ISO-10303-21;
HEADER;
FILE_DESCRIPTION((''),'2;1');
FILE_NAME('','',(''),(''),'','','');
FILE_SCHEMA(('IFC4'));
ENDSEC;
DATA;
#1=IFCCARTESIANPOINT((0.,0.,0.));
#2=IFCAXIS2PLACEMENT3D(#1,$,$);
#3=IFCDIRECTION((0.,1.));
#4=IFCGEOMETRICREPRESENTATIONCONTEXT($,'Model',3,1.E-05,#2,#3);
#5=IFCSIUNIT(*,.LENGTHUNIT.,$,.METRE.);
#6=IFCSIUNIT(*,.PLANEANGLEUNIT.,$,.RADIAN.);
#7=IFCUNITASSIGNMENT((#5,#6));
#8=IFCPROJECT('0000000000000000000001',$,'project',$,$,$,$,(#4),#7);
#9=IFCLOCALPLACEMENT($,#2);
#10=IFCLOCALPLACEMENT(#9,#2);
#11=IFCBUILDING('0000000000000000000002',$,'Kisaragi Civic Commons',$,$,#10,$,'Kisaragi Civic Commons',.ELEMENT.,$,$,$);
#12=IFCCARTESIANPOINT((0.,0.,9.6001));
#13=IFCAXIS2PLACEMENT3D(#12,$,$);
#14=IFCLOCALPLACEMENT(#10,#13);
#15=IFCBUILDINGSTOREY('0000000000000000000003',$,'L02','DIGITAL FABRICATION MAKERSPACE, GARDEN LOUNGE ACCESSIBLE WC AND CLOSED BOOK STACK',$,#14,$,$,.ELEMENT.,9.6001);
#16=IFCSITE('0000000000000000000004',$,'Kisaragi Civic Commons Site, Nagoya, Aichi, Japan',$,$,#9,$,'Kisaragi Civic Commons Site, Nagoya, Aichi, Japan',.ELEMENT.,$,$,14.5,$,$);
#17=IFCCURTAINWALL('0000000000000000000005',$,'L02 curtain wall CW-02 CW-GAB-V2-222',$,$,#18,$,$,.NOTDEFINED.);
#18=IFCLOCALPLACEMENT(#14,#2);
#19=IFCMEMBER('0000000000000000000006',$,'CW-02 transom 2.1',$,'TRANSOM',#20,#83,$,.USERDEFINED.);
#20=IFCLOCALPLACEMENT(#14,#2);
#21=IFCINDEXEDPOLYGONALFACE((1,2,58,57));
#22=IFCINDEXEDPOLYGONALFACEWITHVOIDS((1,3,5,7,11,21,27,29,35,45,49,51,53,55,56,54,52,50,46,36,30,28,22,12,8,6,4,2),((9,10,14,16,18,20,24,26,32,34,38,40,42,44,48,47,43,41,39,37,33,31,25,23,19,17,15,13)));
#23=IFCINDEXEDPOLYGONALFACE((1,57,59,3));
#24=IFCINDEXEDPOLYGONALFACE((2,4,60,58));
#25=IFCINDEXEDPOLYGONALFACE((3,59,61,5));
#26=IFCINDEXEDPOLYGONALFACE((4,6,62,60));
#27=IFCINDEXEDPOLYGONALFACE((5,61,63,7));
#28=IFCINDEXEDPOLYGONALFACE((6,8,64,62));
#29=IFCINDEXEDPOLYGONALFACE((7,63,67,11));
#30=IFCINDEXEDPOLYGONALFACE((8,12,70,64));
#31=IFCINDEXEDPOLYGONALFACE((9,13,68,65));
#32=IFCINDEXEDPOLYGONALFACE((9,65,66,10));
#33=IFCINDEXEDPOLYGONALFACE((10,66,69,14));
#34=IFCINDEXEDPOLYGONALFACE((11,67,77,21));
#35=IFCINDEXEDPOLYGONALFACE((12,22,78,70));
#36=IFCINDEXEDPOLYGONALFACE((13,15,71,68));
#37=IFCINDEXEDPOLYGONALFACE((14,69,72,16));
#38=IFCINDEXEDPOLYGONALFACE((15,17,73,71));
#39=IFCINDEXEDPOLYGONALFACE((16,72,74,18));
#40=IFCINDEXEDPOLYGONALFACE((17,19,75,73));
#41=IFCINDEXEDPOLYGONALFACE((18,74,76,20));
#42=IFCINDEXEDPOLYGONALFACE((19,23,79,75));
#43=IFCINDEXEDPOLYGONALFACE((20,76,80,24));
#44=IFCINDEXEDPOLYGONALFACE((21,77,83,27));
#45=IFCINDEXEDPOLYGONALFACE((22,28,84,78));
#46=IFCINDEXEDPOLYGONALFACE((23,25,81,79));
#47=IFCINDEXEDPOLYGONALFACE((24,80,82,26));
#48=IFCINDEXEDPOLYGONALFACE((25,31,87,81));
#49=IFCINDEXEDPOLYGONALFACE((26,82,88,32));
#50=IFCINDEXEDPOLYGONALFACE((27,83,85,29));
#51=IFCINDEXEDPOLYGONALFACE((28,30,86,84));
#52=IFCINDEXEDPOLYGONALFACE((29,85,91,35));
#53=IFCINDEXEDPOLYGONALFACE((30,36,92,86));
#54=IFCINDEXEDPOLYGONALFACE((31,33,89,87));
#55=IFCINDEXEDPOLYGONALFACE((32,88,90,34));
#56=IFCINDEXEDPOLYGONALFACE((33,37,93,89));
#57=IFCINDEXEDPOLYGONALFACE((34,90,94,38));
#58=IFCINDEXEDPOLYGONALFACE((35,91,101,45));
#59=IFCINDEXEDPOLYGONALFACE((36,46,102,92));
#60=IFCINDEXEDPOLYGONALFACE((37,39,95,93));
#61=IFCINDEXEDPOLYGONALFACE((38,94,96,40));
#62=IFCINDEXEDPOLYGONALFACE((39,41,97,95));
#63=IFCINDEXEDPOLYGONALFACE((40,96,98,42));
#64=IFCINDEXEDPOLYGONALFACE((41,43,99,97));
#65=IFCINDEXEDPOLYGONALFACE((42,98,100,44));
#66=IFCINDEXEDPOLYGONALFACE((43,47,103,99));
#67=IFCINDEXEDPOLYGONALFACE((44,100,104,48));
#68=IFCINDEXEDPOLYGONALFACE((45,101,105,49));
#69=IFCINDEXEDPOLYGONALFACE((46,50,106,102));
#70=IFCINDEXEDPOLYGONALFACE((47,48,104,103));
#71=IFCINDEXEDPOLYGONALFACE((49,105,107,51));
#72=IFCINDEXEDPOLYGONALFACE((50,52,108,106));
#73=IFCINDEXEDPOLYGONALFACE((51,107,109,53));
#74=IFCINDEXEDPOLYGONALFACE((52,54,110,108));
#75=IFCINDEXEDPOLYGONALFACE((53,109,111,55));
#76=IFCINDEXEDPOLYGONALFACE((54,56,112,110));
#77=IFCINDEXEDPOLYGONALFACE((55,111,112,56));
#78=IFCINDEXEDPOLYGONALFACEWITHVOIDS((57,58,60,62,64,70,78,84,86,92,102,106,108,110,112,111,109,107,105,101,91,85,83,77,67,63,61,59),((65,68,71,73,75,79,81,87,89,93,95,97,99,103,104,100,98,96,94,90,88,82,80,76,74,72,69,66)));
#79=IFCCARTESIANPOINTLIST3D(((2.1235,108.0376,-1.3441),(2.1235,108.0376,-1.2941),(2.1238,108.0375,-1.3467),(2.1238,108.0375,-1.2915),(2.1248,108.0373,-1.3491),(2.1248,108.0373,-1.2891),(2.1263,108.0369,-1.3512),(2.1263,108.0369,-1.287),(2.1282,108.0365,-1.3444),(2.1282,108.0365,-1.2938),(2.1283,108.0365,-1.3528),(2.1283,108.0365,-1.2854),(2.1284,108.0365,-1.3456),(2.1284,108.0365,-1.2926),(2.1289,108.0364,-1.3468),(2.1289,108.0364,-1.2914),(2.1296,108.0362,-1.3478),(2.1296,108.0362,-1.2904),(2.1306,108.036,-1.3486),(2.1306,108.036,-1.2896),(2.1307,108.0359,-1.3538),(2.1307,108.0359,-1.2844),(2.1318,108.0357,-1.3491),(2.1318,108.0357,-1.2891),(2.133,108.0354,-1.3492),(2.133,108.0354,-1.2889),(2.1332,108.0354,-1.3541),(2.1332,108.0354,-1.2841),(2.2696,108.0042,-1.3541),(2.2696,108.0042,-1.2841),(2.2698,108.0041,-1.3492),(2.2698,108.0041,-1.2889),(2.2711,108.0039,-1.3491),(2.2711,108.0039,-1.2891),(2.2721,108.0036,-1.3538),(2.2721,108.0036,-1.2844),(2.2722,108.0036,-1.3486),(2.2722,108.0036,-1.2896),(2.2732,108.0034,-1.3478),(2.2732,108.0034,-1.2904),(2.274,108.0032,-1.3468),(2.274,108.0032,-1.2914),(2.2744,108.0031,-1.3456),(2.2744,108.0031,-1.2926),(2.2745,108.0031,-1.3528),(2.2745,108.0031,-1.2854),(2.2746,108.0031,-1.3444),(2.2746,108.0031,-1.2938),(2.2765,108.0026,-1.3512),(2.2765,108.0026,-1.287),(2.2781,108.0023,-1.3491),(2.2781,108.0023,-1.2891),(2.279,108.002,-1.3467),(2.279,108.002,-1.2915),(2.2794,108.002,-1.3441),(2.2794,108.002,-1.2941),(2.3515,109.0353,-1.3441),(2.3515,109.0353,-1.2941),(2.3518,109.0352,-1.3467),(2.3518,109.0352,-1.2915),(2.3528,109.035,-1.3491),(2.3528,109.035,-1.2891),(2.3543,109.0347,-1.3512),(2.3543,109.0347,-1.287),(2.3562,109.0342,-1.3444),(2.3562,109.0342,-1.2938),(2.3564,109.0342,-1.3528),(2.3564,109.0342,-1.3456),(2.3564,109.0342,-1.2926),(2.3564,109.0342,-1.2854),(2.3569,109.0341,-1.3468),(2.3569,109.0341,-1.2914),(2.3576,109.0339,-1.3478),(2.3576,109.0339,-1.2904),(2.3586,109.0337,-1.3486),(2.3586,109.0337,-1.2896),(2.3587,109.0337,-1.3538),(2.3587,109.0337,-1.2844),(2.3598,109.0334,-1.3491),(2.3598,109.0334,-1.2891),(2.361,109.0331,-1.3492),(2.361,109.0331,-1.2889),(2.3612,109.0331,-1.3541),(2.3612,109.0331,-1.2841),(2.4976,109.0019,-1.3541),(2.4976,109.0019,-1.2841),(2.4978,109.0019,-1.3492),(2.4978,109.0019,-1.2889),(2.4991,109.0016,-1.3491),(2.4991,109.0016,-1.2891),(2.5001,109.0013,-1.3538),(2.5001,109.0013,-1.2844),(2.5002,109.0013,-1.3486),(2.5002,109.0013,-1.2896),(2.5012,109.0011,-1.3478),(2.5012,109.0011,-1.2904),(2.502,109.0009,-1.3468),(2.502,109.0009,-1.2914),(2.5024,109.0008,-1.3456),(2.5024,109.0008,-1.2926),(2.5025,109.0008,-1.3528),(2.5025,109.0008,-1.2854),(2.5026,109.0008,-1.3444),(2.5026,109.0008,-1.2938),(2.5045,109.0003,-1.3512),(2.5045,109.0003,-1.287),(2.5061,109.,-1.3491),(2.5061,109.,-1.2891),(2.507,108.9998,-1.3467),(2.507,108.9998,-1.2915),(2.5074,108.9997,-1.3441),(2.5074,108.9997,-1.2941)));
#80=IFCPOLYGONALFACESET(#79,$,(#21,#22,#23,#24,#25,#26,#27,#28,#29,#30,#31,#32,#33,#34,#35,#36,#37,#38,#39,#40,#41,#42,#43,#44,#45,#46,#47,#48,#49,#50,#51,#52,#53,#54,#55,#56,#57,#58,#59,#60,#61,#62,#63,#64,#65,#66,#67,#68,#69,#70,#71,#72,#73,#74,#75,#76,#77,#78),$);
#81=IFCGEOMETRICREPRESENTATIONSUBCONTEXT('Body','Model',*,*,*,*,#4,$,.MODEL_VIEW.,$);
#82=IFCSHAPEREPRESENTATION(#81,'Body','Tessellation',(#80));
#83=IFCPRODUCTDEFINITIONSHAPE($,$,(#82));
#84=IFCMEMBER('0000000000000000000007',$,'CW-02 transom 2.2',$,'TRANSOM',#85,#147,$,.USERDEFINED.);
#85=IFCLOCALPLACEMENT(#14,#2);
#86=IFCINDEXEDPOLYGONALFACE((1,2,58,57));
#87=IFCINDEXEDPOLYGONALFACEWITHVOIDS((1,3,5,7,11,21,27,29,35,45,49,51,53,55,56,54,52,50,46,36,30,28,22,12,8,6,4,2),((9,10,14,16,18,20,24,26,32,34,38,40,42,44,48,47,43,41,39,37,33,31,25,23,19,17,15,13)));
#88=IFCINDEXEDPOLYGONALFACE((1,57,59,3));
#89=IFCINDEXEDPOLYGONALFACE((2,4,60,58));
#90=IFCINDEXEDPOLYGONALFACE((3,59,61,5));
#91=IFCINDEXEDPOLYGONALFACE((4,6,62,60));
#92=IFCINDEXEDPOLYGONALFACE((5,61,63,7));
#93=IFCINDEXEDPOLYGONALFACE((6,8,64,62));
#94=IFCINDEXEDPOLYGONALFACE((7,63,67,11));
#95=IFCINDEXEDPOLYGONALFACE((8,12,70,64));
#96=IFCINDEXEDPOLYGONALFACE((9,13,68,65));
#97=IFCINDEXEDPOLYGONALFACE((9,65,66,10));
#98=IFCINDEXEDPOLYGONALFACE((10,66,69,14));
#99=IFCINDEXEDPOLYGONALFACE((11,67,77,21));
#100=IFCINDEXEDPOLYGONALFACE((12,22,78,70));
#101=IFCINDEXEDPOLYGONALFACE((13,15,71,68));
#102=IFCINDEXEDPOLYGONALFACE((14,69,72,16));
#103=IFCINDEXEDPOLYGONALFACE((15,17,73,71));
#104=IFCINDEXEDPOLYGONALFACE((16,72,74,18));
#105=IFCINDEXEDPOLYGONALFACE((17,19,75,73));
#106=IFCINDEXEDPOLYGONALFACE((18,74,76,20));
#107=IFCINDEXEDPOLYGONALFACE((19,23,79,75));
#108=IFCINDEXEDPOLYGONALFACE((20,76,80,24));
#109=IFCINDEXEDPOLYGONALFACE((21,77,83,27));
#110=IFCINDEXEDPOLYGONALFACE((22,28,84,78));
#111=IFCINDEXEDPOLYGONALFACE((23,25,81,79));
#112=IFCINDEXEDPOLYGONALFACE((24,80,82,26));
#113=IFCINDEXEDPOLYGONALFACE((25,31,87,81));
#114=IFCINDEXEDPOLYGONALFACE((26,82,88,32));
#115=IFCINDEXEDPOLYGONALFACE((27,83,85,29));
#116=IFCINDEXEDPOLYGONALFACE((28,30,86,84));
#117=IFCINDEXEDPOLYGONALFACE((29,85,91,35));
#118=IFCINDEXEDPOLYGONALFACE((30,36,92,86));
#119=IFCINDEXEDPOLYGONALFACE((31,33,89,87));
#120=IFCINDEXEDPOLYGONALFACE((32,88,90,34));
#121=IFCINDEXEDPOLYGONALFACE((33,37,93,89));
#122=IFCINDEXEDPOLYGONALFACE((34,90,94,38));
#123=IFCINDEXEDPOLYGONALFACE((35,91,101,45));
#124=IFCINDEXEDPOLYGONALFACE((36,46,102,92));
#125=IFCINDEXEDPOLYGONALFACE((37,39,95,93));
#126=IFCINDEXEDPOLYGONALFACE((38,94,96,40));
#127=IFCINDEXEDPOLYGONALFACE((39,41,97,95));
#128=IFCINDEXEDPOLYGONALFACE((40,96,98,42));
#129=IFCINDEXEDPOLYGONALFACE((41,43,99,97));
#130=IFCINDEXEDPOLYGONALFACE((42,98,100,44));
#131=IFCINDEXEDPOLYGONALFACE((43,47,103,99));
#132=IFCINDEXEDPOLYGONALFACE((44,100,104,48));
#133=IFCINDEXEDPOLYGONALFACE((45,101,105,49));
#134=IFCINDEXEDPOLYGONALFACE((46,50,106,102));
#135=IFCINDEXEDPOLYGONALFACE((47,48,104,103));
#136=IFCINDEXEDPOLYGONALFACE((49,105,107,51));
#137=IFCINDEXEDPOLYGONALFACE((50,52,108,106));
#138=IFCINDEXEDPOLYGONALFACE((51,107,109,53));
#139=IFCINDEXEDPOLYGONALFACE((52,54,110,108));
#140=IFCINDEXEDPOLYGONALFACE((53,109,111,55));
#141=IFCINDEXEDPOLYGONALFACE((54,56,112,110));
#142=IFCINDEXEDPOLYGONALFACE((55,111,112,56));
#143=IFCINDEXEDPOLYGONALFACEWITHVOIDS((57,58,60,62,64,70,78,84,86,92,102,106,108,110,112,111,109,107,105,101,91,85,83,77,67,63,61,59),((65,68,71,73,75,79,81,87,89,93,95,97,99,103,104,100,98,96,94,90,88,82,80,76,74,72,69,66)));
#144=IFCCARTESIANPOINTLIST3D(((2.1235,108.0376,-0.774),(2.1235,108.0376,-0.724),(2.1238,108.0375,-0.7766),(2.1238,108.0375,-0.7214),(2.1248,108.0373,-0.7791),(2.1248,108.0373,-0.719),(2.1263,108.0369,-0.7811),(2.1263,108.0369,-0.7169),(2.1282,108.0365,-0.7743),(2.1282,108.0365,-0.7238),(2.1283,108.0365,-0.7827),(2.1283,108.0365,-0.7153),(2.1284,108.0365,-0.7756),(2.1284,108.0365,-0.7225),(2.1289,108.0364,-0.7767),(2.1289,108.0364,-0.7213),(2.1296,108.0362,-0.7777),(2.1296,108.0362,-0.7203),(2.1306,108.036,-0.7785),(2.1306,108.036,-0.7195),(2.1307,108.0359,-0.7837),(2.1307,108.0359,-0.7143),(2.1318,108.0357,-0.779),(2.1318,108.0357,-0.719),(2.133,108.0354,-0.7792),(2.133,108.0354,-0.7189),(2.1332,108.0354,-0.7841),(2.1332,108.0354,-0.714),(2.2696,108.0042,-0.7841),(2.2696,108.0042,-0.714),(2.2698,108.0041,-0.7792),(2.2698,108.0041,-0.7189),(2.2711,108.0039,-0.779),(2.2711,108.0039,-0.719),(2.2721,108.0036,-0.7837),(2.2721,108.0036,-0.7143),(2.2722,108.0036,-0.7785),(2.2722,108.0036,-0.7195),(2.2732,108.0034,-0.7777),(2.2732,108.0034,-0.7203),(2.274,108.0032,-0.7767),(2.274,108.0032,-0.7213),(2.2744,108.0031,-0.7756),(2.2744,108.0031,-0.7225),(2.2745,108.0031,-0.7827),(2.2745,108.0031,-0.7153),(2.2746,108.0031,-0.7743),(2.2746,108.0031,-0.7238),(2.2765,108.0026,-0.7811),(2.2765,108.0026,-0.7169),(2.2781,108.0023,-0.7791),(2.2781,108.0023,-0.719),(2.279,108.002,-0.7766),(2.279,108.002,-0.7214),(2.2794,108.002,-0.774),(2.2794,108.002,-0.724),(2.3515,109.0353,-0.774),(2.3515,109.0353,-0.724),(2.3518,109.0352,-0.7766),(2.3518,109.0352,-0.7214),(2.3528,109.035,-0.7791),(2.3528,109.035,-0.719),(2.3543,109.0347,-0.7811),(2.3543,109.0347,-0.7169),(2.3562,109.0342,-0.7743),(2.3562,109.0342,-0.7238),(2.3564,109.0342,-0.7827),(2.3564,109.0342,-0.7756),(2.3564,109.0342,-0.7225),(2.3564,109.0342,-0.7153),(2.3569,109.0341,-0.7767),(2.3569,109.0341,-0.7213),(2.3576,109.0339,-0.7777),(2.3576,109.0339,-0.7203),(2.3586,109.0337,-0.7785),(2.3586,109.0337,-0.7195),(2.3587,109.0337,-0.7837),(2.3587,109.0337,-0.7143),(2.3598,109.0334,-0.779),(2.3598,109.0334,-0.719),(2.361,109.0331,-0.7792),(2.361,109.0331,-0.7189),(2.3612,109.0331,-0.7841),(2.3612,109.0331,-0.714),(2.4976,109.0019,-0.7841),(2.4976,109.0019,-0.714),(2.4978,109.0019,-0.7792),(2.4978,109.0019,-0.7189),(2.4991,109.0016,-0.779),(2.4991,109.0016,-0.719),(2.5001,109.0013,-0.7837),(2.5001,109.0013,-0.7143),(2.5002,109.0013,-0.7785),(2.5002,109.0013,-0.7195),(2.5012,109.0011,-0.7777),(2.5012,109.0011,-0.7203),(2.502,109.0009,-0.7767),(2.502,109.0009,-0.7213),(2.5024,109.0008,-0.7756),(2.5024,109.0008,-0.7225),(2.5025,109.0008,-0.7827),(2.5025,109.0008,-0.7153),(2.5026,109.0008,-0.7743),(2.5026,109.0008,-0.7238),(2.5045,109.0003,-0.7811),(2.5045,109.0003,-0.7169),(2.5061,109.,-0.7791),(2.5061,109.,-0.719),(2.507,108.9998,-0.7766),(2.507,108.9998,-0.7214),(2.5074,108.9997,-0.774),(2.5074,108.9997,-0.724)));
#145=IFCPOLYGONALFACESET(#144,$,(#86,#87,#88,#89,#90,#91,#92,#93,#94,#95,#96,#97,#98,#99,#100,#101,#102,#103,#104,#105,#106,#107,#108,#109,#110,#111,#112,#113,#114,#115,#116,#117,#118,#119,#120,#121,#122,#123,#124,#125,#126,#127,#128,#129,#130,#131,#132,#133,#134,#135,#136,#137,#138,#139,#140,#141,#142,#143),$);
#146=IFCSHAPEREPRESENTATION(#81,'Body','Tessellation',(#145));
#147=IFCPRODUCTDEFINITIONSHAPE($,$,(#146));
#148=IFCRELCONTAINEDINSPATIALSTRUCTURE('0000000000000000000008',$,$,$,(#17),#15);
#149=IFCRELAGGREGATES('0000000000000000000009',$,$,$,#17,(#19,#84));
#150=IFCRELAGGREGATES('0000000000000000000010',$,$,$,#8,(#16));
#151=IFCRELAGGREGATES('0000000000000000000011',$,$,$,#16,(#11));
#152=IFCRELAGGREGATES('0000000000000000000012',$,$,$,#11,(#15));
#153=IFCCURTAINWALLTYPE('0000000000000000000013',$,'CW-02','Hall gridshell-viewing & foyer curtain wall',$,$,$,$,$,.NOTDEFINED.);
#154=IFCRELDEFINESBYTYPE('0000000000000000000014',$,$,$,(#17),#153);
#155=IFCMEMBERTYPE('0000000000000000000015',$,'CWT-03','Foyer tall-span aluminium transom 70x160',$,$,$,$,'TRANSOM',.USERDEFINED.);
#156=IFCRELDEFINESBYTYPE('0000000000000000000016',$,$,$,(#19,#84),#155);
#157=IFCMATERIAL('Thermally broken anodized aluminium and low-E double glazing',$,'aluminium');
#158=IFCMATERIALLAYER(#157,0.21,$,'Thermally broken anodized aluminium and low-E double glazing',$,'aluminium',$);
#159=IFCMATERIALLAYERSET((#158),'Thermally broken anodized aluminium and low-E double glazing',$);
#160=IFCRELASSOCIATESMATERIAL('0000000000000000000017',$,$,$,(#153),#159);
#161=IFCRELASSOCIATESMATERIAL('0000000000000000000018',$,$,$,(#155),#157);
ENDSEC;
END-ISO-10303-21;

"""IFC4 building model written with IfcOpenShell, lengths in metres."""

from ifc_helpers import new_model, si_unit, direction, frame, origin, origin_2d, place, context, subcontext, project, spatial, hollow_rectangle, extrude, material, layer, layer_set, material_profile, profile_set, type_object, element, aggregate, save


model = new_model("IFC4")

# Units and contexts
model_context = context("Model", 3, precision=1e-05, world=origin(), true_north=direction((0.0, 1.0)))
body_context = subcontext(model_context, "Body", "Model", "MODEL_VIEW")
ifc_project = project(units=[si_unit("LENGTHUNIT", "METRE"), si_unit("PLANEANGLEUNIT", "RADIAN")], contexts=[model_context])

# Site, building, storey
site_placement = place(None, origin())
site = spatial("IfcSite", under=ifc_project, at=site_placement, Name="Kisaragi Civic Commons Site, Nagoya, Aichi, Japan", LongName="Kisaragi Civic Commons Site, Nagoya, Aichi, Japan", CompositionType="ELEMENT", RefElevation=14.5)
building_placement = place(site_placement, origin())
building = spatial("IfcBuilding", under=site, at=building_placement, Name="Kisaragi Civic Commons", LongName="Kisaragi Civic Commons", CompositionType="ELEMENT")
storey_placement = place(building_placement, frame((0.0, 0.0, 9.6001)))
storey = spatial("IfcBuildingStorey", under=building, at=storey_placement, Name="L02", Description="DIGITAL FABRICATION MAKERSPACE, GARDEN LOUNGE ACCESSIBLE WC AND CLOSED BOOK STACK", CompositionType="ELEMENT", Elevation=9.6001)

# Shared definitions
ifc_material_1 = material(Name="Thermally broken anodized aluminium and low-E double glazing", Category="aluminium")

# Curtain wall, members
ifc_layer_1 = layer(ifc_material_1, 0.21, Name="Thermally broken anodized aluminium and low-E double glazing", Category="aluminium")
ifc_layer_set_1 = layer_set([ifc_layer_1], Name="Thermally broken anodized aluminium and low-E double glazing")
curtain_wall_type_1 = type_object("IfcCurtainWallType", Name="CW-02", Description="Hall gridshell-viewing & foyer curtain wall", PredefinedType="NOTDEFINED", material=ifc_layer_set_1)
curtain_wall_1_placement = place(storey_placement, origin())
curtain_wall_1 = element("IfcCurtainWall", 1, at=curtain_wall_1_placement, inside=storey, type_object=curtain_wall_type_1, Name="L02 curtain wall CW-02 CW-GAB-V2-222", PredefinedType="NOTDEFINED")
ifc_material_profile_1 = material_profile(ifc_material_1, hollow_rectangle(XDim=0.1599, YDim=0.0701, WallThickness=0.0049, InnerFilletRadius=0.0049, OuterFilletRadius=0.01, at=origin_2d()), Name="CWT-70x160x5", Category="aluminium")
ifc_profile_set_1 = profile_set([ifc_material_profile_1], Name="Thermally broken anodized aluminium and low-E double glazing")
member_type_1 = type_object("IfcMemberType", Name="CWT-03", Description="Foyer tall-span aluminium transom 70x160", ElementType="TRANSOM", PredefinedType="USERDEFINED", material=ifc_profile_set_1)
member_1_placement = place(storey_placement, frame((2.2014, 108.0198, -1.3191), z_axis=(0.222786, 0.974867, 0.0), x_axis=(-0.974867, 0.222786, 0.0)))
member_1 = element("IfcMember", 2, at=member_1_placement, type_object=member_type_1, Name="CW-02 transom 2.1", ObjectType="TRANSOM", PredefinedType="USERDEFINED", context=body_context, shape_type="SweptSolid", body=[
    extrude(hollow_rectangle(XDim=0.1599, YDim=0.0701, WallThickness=0.0049, InnerFilletRadius=0.0049, OuterFilletRadius=0.01, at=origin_2d()), origin(), (0.0, 0.0, 1.0), 1.0234),
])
member_2_placement = place(storey_placement, frame((2.2014, 108.0198, -0.749), z_axis=(0.222786, 0.974867, 0.0), x_axis=(-0.974867, 0.222786, 0.0)))
member_2 = element("IfcMember", 3, at=member_2_placement, type_object=member_type_1, Name="CW-02 transom 2.2", ObjectType="TRANSOM", PredefinedType="USERDEFINED", context=body_context, shape_type="SweptSolid", body=[
    extrude(hollow_rectangle(XDim=0.1599, YDim=0.0701, WallThickness=0.0049, InnerFilletRadius=0.0049, OuterFilletRadius=0.01, at=origin_2d()), origin(), (0.0, 0.0, 1.0), 1.0234),
])

aggregate(curtain_wall_1, [member_1, member_2])

save(model, "model.ifc")
